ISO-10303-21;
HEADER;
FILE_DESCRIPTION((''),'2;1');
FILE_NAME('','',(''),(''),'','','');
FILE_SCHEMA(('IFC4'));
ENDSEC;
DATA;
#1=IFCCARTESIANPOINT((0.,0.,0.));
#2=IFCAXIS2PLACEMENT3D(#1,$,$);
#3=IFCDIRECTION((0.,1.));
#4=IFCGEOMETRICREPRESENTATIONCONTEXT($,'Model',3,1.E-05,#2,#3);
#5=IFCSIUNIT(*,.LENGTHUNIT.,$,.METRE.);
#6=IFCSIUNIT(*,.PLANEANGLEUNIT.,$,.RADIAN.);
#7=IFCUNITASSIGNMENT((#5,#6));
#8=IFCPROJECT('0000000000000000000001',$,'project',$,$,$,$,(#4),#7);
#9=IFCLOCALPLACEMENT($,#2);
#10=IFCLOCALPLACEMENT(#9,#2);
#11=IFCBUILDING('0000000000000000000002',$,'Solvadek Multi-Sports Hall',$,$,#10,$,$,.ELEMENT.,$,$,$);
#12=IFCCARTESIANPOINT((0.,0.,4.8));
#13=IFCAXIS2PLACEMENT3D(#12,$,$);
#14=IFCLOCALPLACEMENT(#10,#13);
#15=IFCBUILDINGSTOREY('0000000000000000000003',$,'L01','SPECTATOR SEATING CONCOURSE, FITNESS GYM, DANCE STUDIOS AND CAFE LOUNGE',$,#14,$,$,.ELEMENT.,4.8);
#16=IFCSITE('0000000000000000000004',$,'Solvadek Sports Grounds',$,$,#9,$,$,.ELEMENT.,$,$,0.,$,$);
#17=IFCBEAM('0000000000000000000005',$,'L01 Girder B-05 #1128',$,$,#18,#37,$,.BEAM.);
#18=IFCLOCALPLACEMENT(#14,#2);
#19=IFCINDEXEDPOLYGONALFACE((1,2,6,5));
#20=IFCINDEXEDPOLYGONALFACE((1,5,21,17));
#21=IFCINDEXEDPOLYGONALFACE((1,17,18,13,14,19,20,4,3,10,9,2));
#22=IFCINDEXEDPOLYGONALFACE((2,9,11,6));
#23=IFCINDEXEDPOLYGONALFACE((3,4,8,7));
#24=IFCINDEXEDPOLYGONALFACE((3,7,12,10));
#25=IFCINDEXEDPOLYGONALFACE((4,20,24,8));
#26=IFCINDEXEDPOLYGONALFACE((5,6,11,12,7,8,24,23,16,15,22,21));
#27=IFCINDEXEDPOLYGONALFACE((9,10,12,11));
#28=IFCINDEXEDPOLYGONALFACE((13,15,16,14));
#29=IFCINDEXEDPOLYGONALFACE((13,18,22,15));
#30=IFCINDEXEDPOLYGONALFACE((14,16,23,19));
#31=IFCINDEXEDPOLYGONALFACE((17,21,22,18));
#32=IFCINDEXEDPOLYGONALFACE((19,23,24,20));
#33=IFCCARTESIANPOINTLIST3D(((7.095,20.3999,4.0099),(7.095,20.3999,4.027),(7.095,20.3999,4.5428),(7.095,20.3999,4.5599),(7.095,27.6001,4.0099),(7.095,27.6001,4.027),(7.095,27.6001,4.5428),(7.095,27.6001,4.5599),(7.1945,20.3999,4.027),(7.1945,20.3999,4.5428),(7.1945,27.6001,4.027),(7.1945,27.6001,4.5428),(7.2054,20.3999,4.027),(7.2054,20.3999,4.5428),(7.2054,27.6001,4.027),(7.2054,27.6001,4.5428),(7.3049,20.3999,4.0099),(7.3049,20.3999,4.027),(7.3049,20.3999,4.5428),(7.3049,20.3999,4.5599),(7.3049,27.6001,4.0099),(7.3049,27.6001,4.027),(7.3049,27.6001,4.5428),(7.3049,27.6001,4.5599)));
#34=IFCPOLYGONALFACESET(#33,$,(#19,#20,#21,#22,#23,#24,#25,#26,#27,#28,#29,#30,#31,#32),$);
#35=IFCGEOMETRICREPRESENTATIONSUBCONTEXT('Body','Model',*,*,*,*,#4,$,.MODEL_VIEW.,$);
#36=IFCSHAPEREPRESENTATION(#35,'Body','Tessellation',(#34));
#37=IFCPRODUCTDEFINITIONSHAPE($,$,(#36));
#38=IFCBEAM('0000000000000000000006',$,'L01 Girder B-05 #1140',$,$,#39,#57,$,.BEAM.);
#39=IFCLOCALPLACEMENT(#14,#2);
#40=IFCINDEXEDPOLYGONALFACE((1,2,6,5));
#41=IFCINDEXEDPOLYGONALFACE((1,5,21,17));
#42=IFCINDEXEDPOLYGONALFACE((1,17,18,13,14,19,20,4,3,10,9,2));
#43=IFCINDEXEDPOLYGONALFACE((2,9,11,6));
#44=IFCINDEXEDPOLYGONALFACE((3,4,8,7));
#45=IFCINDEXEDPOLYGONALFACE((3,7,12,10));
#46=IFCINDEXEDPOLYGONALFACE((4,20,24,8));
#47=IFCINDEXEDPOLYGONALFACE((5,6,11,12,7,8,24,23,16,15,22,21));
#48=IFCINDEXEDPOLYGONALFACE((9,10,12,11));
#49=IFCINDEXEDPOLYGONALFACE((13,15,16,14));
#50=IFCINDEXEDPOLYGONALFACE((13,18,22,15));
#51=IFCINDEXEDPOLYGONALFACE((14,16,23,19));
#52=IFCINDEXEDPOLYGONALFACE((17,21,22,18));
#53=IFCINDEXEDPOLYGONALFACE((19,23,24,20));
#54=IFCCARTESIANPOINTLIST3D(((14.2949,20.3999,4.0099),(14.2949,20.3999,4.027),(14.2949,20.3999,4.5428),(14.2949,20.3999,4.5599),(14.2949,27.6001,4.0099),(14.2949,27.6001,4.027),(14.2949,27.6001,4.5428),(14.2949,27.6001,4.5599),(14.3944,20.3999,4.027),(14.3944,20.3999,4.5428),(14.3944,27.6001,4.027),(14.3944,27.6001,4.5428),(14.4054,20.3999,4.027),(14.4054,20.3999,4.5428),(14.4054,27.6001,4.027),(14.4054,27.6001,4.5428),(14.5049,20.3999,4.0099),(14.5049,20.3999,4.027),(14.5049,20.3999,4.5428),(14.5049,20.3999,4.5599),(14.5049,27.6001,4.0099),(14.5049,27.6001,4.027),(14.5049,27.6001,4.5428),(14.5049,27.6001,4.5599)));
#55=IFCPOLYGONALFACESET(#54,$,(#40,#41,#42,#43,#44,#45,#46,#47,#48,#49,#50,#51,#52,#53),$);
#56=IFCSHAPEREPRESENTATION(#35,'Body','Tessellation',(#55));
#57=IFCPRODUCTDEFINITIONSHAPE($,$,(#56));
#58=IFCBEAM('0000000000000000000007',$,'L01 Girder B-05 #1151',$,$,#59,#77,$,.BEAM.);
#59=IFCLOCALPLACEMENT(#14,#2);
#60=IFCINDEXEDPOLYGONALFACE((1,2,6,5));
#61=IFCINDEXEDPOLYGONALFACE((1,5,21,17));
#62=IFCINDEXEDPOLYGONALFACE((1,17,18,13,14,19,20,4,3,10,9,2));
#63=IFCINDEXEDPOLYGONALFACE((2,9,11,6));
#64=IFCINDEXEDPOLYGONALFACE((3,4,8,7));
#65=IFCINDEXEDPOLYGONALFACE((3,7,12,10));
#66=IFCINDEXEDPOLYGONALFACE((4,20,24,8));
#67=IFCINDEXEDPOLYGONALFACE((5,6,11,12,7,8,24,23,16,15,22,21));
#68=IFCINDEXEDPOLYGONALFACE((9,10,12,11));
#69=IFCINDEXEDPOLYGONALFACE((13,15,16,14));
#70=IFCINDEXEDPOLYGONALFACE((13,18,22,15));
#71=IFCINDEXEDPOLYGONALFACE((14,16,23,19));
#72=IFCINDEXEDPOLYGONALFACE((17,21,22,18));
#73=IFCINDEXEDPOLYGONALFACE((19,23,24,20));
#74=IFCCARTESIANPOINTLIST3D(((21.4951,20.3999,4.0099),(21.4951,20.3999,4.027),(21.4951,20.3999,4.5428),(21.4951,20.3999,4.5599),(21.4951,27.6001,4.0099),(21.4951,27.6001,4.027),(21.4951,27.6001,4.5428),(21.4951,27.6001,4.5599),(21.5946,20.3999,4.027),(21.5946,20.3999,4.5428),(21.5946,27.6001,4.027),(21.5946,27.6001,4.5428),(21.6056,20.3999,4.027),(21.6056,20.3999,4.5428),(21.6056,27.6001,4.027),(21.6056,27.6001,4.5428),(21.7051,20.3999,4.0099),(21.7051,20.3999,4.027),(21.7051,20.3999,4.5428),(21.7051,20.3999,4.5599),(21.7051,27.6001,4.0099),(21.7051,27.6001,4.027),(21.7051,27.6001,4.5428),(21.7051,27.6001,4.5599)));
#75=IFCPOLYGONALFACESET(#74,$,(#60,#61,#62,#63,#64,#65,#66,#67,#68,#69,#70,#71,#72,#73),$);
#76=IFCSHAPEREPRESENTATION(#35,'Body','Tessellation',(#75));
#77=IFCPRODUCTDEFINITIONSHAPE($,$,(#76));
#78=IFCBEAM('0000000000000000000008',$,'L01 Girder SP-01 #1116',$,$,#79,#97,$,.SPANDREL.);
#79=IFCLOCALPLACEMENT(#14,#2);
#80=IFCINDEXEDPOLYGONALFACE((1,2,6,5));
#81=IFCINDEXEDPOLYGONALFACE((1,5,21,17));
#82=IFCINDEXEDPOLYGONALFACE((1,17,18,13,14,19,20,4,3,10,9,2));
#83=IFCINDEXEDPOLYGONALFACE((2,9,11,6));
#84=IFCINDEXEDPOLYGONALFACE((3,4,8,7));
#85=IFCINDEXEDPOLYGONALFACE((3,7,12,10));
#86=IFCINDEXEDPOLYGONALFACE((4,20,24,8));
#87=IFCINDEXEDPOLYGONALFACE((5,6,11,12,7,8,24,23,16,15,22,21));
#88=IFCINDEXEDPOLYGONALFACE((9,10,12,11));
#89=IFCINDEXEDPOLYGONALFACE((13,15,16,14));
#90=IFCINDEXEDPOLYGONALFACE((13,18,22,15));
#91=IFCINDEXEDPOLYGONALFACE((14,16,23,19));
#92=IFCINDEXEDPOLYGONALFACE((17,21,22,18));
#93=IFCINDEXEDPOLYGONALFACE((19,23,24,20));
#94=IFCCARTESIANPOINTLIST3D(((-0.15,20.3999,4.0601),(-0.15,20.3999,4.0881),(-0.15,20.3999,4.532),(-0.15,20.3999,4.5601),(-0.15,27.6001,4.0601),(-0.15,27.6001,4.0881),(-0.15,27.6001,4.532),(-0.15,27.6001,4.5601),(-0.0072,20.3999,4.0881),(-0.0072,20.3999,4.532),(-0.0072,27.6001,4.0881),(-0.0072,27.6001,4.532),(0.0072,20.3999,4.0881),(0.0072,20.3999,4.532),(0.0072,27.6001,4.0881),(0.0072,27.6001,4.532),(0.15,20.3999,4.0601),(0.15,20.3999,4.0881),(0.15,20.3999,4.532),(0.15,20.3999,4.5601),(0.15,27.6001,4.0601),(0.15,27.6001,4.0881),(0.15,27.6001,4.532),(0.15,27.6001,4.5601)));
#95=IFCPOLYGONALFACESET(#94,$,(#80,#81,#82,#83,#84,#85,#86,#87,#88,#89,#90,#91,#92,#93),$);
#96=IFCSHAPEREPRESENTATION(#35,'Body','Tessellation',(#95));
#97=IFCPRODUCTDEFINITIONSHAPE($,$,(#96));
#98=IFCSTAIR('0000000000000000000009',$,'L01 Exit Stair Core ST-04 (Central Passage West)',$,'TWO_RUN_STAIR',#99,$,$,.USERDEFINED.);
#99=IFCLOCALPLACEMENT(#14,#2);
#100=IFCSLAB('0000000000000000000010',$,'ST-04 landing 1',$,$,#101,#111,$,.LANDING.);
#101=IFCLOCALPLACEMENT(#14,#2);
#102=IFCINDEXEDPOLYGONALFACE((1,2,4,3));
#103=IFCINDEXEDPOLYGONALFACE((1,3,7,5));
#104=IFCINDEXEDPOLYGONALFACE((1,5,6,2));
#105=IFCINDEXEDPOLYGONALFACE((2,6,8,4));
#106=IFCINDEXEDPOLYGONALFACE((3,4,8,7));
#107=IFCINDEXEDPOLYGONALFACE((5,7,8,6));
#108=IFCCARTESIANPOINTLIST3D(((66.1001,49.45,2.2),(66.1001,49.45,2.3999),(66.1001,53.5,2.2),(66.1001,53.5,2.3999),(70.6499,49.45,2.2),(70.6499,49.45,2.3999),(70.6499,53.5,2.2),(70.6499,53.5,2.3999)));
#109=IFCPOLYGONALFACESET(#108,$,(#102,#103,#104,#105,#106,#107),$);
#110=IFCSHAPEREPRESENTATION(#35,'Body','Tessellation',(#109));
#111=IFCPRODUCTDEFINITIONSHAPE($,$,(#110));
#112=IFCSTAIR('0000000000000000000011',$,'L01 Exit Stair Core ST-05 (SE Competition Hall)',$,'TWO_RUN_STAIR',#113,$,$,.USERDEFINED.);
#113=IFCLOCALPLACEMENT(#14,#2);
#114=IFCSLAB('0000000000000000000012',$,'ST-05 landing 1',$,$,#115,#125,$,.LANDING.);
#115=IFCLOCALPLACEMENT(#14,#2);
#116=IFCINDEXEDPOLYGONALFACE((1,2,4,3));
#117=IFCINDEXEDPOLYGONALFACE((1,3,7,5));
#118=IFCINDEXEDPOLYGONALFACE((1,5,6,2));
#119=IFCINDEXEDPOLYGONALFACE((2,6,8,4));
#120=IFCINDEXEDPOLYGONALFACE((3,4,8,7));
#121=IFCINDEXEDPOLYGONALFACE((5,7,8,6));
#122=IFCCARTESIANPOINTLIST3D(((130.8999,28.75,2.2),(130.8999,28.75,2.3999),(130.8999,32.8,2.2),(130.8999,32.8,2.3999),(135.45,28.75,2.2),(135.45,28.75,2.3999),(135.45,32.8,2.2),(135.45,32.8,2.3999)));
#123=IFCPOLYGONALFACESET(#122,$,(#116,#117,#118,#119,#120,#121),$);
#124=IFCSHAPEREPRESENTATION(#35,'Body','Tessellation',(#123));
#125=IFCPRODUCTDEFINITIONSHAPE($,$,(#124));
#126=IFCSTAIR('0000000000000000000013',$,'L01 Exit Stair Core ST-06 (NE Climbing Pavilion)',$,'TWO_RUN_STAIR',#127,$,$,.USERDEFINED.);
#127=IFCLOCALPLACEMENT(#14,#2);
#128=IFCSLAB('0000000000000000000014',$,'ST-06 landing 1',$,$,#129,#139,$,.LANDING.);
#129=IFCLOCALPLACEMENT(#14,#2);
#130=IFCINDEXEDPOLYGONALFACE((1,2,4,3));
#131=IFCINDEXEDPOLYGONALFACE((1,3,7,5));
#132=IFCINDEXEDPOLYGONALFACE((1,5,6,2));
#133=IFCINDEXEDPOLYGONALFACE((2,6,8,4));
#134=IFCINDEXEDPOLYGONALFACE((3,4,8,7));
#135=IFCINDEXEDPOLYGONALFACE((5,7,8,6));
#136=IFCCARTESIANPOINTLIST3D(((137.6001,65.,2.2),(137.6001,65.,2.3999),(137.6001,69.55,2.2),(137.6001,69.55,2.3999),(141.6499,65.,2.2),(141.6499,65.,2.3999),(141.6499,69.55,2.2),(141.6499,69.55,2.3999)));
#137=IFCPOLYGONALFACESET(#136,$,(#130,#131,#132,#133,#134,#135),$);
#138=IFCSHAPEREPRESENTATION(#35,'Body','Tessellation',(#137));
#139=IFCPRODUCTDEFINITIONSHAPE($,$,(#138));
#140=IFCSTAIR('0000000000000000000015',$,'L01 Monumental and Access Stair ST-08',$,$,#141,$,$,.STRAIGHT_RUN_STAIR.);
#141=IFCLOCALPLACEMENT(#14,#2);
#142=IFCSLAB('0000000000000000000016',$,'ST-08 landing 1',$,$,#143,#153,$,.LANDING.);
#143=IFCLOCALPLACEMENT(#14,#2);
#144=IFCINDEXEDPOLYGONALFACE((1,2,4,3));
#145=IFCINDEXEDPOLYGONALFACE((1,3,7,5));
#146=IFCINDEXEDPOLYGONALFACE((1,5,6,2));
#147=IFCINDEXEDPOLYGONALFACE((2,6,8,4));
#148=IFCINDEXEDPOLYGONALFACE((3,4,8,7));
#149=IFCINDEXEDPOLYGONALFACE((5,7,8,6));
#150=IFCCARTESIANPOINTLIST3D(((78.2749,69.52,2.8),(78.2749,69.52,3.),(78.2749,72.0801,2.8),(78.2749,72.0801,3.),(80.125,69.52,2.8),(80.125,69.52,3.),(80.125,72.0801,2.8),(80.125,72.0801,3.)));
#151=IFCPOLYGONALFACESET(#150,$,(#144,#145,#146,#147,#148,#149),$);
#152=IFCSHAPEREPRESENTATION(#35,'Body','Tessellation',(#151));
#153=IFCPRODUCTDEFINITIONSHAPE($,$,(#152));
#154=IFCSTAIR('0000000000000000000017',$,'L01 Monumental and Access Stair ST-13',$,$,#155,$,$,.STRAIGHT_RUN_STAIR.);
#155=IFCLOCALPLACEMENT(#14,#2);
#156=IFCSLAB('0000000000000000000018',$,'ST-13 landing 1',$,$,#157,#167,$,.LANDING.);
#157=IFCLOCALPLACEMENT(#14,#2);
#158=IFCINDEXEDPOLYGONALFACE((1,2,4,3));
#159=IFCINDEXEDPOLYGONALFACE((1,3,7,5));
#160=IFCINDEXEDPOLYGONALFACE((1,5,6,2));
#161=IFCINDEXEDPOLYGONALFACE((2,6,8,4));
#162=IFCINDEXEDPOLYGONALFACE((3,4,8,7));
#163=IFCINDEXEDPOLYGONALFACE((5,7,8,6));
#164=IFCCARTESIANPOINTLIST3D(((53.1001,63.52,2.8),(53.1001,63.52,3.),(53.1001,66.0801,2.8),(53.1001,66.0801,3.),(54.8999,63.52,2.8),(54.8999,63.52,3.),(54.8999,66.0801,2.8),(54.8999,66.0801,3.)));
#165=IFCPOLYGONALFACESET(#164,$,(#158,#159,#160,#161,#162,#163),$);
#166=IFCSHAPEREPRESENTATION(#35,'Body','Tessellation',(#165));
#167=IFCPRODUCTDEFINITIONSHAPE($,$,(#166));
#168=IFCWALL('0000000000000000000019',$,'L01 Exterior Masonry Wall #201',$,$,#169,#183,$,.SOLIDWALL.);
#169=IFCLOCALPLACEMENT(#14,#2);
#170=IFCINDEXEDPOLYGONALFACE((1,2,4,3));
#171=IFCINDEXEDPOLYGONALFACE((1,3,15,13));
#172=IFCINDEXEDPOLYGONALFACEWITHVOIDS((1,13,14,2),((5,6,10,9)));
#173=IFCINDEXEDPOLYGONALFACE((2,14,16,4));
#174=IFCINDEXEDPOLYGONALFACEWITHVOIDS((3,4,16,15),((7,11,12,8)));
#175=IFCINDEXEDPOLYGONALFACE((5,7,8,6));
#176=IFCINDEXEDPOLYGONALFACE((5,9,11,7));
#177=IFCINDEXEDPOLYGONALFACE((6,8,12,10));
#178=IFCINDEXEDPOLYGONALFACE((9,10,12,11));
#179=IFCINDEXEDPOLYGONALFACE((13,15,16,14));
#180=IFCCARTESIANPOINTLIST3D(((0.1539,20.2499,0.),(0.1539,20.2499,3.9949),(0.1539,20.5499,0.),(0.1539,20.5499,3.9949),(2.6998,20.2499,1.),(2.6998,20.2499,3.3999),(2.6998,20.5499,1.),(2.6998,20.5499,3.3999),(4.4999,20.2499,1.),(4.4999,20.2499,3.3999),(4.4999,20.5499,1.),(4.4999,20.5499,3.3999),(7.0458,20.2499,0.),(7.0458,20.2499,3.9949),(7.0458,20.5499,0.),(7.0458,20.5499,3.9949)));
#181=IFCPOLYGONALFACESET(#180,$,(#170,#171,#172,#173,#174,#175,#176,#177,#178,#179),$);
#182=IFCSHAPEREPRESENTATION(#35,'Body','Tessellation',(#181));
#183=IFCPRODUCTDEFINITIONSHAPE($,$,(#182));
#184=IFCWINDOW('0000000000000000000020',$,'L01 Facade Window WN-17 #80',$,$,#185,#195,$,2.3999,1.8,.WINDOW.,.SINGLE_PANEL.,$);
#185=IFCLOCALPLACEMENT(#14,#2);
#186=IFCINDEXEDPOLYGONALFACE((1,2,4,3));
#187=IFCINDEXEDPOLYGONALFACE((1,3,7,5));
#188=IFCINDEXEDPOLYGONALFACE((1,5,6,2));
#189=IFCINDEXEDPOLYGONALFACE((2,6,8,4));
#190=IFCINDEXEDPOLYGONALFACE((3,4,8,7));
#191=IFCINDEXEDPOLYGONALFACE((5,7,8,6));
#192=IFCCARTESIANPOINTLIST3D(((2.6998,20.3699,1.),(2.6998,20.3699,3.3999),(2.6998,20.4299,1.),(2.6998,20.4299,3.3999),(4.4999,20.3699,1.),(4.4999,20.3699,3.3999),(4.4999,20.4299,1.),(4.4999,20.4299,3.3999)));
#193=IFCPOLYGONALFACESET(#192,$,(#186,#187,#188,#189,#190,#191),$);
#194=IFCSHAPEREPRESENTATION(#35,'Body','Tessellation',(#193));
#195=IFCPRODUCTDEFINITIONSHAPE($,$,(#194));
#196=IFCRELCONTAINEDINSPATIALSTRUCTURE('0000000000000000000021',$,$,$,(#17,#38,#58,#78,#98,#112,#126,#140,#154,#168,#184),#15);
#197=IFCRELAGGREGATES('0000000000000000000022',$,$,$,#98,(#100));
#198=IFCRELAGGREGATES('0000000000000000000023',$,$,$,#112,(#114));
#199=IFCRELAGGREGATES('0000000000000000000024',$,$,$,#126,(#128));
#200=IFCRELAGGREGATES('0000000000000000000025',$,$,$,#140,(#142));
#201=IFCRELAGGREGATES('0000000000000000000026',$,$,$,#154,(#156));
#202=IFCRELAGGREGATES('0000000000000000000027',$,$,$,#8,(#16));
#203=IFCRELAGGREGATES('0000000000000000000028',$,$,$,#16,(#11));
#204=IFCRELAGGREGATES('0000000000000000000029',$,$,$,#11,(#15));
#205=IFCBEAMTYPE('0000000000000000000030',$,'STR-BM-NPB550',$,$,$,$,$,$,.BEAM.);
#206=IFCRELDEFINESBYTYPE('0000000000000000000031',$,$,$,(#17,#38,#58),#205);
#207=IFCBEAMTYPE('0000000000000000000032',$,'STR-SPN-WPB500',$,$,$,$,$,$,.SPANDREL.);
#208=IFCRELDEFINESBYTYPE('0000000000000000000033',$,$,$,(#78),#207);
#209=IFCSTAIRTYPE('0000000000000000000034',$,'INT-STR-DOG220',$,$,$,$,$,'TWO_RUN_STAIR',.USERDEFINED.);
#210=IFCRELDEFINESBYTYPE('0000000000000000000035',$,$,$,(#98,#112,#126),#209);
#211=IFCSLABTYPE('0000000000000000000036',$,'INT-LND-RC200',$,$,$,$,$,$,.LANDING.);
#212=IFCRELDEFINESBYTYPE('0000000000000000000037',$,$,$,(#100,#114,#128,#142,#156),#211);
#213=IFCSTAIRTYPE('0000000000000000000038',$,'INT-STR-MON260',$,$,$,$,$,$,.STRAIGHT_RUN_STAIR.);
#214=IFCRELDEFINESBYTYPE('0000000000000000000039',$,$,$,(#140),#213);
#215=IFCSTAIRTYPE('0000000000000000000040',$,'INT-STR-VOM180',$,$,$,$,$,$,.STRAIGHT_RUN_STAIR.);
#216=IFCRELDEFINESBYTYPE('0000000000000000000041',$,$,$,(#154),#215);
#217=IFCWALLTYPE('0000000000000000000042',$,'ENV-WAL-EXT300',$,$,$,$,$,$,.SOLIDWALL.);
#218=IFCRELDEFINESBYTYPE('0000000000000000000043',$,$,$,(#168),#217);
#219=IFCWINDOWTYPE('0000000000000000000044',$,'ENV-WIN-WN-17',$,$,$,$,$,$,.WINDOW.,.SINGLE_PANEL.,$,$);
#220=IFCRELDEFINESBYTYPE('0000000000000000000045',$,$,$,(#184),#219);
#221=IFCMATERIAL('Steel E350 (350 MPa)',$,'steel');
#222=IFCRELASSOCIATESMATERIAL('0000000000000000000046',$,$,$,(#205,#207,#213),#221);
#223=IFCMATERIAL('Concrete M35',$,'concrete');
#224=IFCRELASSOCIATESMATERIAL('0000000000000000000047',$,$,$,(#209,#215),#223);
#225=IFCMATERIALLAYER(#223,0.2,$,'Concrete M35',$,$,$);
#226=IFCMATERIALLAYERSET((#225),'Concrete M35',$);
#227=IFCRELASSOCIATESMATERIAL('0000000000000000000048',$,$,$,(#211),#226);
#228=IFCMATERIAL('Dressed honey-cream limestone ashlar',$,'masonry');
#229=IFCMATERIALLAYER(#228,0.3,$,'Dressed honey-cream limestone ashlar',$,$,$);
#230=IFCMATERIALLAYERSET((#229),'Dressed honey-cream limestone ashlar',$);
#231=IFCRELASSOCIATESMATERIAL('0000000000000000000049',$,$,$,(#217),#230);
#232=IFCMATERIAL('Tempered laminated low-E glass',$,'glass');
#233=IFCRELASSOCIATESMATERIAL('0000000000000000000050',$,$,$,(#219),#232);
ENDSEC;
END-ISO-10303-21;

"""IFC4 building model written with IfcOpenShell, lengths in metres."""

from ifc_helpers import new_model, si_unit, direction, frame, frame_2d, origin, origin_2d, place, context, subcontext, project, spatial, polyline, rectangle, i_section, outline, extrude, material, layer, layer_set, material_profile, profile_set, type_object, element, fill, aggregate, save


model = new_model("IFC4")

# Units and contexts
model_context = context("Model", 3, precision=1e-05, world=origin(), true_north=direction((0.0, 1.0)))
body_context = subcontext(model_context, "Body", "Model", "MODEL_VIEW")
ifc_project = project(units=[si_unit("LENGTHUNIT", "METRE"), si_unit("PLANEANGLEUNIT", "RADIAN")], contexts=[model_context])

# Site, building, storey
site_placement = place(None, origin())
site = spatial("IfcSite", under=ifc_project, at=site_placement, Name="Solvadek Sports Grounds", CompositionType="ELEMENT", RefElevation=0.0)
building_placement = place(site_placement, origin())
building = spatial("IfcBuilding", under=site, at=building_placement, Name="Solvadek Multi-Sports Hall", CompositionType="ELEMENT")
storey_placement = place(building_placement, frame((0.0, 0.0, 4.8)))
storey = spatial("IfcBuildingStorey", under=building, at=storey_placement, Name="L01", Description="SPECTATOR SEATING CONCOURSE, FITNESS GYM, DANCE STUDIOS AND CAFE LOUNGE", CompositionType="ELEMENT", Elevation=4.8)

# Shared definitions
ifc_material_1 = material(Name="Steel E350 (350 MPa)", Category="steel")

# Beams
ifc_material_profile_1 = material_profile(ifc_material_1, i_section(OverallWidth=0.21, OverallDepth=0.55, WebThickness=0.011, FlangeThickness=0.0171, at=origin_2d()), Name="NPB 550")
ifc_profile_set_1 = profile_set([ifc_material_profile_1], Name="Steel E350 (350 MPa)")
beam_type_1 = type_object("IfcBeamType", Name="STR-BM-NPB550", PredefinedType="BEAM", material=ifc_profile_set_1)
for number, where, z_axis, x_axis, name in (
    (1, (7.2, 20.3999, 4.2849), (0.0, 1.0, 0.0), (-1.0, 0.0, 0.0), "L01 Girder B-05 #1128"),
    (2, (14.3999, 20.3999, 4.2849), (0.0, 1.0, 0.0), (-1.0, 0.0, 0.0), "L01 Girder B-05 #1140"),
    (3, (21.6001, 20.3999, 4.2849), (0.0, 1.0, 0.0), (-1.0, 0.0, 0.0), "L01 Girder B-05 #1151"),
):
    element("IfcBeam", number, at=place(storey_placement, frame(where, z_axis=z_axis, x_axis=x_axis)), inside=storey, type_object=beam_type_1, Name=name, PredefinedType="BEAM", context=body_context, shape_type="SweptSolid", body=[
        extrude(i_section(OverallWidth=0.21, OverallDepth=0.55, WebThickness=0.011, FlangeThickness=0.0171, at=origin_2d()), origin(), (0.0, 0.0, 1.0), 7.2002),
    ])
ifc_material_profile_2 = material_profile(ifc_material_1, i_section(OverallWidth=0.3, OverallDepth=0.5, WebThickness=0.0144, FlangeThickness=0.0281, at=origin_2d()), Name="WPB 500")
ifc_profile_set_2 = profile_set([ifc_material_profile_2], Name="Steel E350 (350 MPa)")
beam_type_2 = type_object("IfcBeamType", Name="STR-SPN-WPB500", PredefinedType="SPANDREL", material=ifc_profile_set_2)
beam_1_placement = place(storey_placement, frame((0.0, 20.3999, 4.3101), z_axis=(0.0, 1.0, 0.0), x_axis=(-1.0, 0.0, 0.0)))
element("IfcBeam", 4, at=beam_1_placement, inside=storey, type_object=beam_type_2, Name="L01 Girder SP-01 #1116", PredefinedType="SPANDREL", context=body_context, shape_type="SweptSolid", body=[
    extrude(i_section(OverallWidth=0.3, OverallDepth=0.5, WebThickness=0.0144, FlangeThickness=0.0281, at=origin_2d()), origin(), (0.0, 0.0, 1.0), 7.2002),
])

# Stairs, slabs
ifc_material_2 = material(Name="Concrete M35", Category="concrete")
stair_type_1 = type_object("IfcStairType", Name="INT-STR-DOG220", ElementType="TWO_RUN_STAIR", PredefinedType="USERDEFINED", material=ifc_material_2)
stair_1_placement = place(storey_placement, origin())
stair_1 = element("IfcStair", 5, at=stair_1_placement, inside=storey, type_object=stair_type_1, Name="L01 Exit Stair Core ST-04 (Central Passage West)", ObjectType="TWO_RUN_STAIR", PredefinedType="USERDEFINED")
ifc_layer_1 = layer(ifc_material_2, 0.2, Name="Concrete M35")
ifc_layer_set_1 = layer_set([ifc_layer_1], Name="Concrete M35")
slab_type = type_object("IfcSlabType", Name="INT-LND-RC200", PredefinedType="LANDING", material=ifc_layer_set_1)
slab_1_placement = place(storey_placement, frame((0.0, 0.0, 2.2)))
slab_1 = element("IfcSlab", 6, at=slab_1_placement, type_object=slab_type, Name="ST-04 landing 1", PredefinedType="LANDING", context=body_context, shape_type="SweptSolid", body=[
    extrude(outline(polyline([(70.6499, 49.45), (70.6499, 53.5), (66.1001, 53.5), (66.1001, 49.45), (70.6499, 49.45)])), origin(), (0.0, 0.0, 1.0), 0.2),
])
aggregate(stair_1, [slab_1])
stair_2_placement = place(storey_placement, origin())
stair_2 = element("IfcStair", 7, at=stair_2_placement, inside=storey, type_object=stair_type_1, Name="L01 Exit Stair Core ST-05 (SE Competition Hall)", ObjectType="TWO_RUN_STAIR", PredefinedType="USERDEFINED")
slab_2_placement = place(storey_placement, frame((0.0, 0.0, 2.2)))
slab_2 = element("IfcSlab", 8, at=slab_2_placement, type_object=slab_type, Name="ST-05 landing 1", PredefinedType="LANDING", context=body_context, shape_type="SweptSolid", body=[
    extrude(outline(polyline([(135.45, 28.75), (135.45, 32.8), (130.8999, 32.8), (130.8999, 28.75), (135.45, 28.75)])), origin(), (0.0, 0.0, 1.0), 0.2),
])
aggregate(stair_2, [slab_2])
stair_3_placement = place(storey_placement, origin())
stair_3 = element("IfcStair", 9, at=stair_3_placement, inside=storey, type_object=stair_type_1, Name="L01 Exit Stair Core ST-06 (NE Climbing Pavilion)", ObjectType="TWO_RUN_STAIR", PredefinedType="USERDEFINED")
slab_3_placement = place(storey_placement, frame((0.0, 0.0, 2.2)))
slab_3 = element("IfcSlab", 10, at=slab_3_placement, type_object=slab_type, Name="ST-06 landing 1", PredefinedType="LANDING", context=body_context, shape_type="SweptSolid", body=[
    extrude(outline(polyline([(141.6499, 69.55), (137.6001, 69.55), (137.6001, 65.0), (141.6499, 65.0), (141.6499, 69.55)])), origin(), (0.0, 0.0, 1.0), 0.2),
])
aggregate(stair_3, [slab_3])
stair_type_2 = type_object("IfcStairType", Name="INT-STR-MON260", PredefinedType="STRAIGHT_RUN_STAIR", material=ifc_material_1)
stair_4_placement = place(storey_placement, origin())
stair_4 = element("IfcStair", 11, at=stair_4_placement, inside=storey, type_object=stair_type_2, Name="L01 Monumental and Access Stair ST-08", PredefinedType="STRAIGHT_RUN_STAIR")
slab_4_placement = place(storey_placement, frame((0.0, 0.0, 2.8)))
slab_4 = element("IfcSlab", 12, at=slab_4_placement, type_object=slab_type, Name="ST-08 landing 1", PredefinedType="LANDING", context=body_context, shape_type="SweptSolid", body=[
    extrude(outline(polyline([(80.125, 69.52), (80.125, 72.0801), (78.2749, 72.0801), (78.2749, 69.52), (80.125, 69.52)])), origin(), (0.0, 0.0, 1.0), 0.2),
])
aggregate(stair_4, [slab_4])
stair_type_3 = type_object("IfcStairType", Name="INT-STR-VOM180", PredefinedType="STRAIGHT_RUN_STAIR", material=ifc_material_2)
stair_5_placement = place(storey_placement, origin())
stair_5 = element("IfcStair", 13, at=stair_5_placement, inside=storey, type_object=stair_type_3, Name="L01 Monumental and Access Stair ST-13", PredefinedType="STRAIGHT_RUN_STAIR")
slab_5_placement = place(storey_placement, frame((0.0, 0.0, 2.8)))
slab_5 = element("IfcSlab", 14, at=slab_5_placement, type_object=slab_type, Name="ST-13 landing 1", PredefinedType="LANDING", context=body_context, shape_type="SweptSolid", body=[
    extrude(outline(polyline([(54.8999, 63.52), (54.8999, 66.0801), (53.1001, 66.0801), (53.1001, 63.52), (54.8999, 63.52)])), origin(), (0.0, 0.0, 1.0), 0.2),
])
aggregate(stair_5, [slab_5])

# Wall, opening, window
ifc_material_3 = material(Name="Dressed honey-cream limestone ashlar", Category="masonry")
ifc_layer_2 = layer(ifc_material_3, 0.3, Name="Dressed honey-cream limestone ashlar")
ifc_layer_set_2 = layer_set([ifc_layer_2], Name="Dressed honey-cream limestone ashlar")
wall_type = type_object("IfcWallType", Name="ENV-WAL-EXT300", PredefinedType="SOLIDWALL", material=ifc_layer_set_2)
wall_1_placement = place(storey_placement, frame((0.1541, 20.3999, 0.0), z_axis=(0.0, 0.0, 1.0), x_axis=(1.0, 0.0, 0.0)))
wall_1 = element("IfcWall", 15, at=wall_1_placement, inside=storey, type_object=wall_type, Name="L01 Exterior Masonry Wall #201", PredefinedType="SOLIDWALL", context=body_context, shape_type="SweptSolid", body=[
    extrude(rectangle(XDim=6.8918, YDim=0.3, at=frame_2d((3.4458, 0.0))), origin(), (0.0, 0.0, 1.0), 3.9949),
])
opening_1_placement = place(wall_1_placement, frame((2.5459, 0.0, 1.0)))
opening_1 = element("IfcOpeningElement", 16, at=opening_1_placement, cuts=wall_1, PredefinedType="OPENING", context=body_context, shape_type="SweptSolid", body=[
    extrude(rectangle(XDim=1.8, YDim=2.3999, at=frame_2d((0.8999, 1.2))), frame((0.0, 0.1599, 0.0), z_axis=(0.0, -1.0, 0.0), x_axis=(1.0, 0.0, 0.0)), (0.0, 0.0, 1.0), 0.3201),
])
ifc_material_4 = material(Name="Tempered laminated low-E glass", Category="glass")
window_type = type_object("IfcWindowType", Name="ENV-WIN-WN-17", PartitioningType="SINGLE_PANEL", PredefinedType="WINDOW", material=ifc_material_4)
window_1_placement = place(opening_1_placement, origin())
window_1 = element("IfcWindow", 17, at=window_1_placement, inside=storey, type_object=window_type, Name="L01 Facade Window WN-17 #80", OverallHeight=2.3999, OverallWidth=1.8, PartitioningType="SINGLE_PANEL", PredefinedType="WINDOW", context=body_context, shape_type="SweptSolid", body=[
    extrude(rectangle(XDim=1.8, YDim=2.3999, at=frame_2d((0.8999, 1.2))), frame((0.0, 0.03, 0.0), z_axis=(0.0, -1.0, 0.0), x_axis=(1.0, 0.0, 0.0)), (0.0, 0.0, 1.0), 0.0601),
])
fill(opening_1, window_1)

save(model, "model.ifc")
